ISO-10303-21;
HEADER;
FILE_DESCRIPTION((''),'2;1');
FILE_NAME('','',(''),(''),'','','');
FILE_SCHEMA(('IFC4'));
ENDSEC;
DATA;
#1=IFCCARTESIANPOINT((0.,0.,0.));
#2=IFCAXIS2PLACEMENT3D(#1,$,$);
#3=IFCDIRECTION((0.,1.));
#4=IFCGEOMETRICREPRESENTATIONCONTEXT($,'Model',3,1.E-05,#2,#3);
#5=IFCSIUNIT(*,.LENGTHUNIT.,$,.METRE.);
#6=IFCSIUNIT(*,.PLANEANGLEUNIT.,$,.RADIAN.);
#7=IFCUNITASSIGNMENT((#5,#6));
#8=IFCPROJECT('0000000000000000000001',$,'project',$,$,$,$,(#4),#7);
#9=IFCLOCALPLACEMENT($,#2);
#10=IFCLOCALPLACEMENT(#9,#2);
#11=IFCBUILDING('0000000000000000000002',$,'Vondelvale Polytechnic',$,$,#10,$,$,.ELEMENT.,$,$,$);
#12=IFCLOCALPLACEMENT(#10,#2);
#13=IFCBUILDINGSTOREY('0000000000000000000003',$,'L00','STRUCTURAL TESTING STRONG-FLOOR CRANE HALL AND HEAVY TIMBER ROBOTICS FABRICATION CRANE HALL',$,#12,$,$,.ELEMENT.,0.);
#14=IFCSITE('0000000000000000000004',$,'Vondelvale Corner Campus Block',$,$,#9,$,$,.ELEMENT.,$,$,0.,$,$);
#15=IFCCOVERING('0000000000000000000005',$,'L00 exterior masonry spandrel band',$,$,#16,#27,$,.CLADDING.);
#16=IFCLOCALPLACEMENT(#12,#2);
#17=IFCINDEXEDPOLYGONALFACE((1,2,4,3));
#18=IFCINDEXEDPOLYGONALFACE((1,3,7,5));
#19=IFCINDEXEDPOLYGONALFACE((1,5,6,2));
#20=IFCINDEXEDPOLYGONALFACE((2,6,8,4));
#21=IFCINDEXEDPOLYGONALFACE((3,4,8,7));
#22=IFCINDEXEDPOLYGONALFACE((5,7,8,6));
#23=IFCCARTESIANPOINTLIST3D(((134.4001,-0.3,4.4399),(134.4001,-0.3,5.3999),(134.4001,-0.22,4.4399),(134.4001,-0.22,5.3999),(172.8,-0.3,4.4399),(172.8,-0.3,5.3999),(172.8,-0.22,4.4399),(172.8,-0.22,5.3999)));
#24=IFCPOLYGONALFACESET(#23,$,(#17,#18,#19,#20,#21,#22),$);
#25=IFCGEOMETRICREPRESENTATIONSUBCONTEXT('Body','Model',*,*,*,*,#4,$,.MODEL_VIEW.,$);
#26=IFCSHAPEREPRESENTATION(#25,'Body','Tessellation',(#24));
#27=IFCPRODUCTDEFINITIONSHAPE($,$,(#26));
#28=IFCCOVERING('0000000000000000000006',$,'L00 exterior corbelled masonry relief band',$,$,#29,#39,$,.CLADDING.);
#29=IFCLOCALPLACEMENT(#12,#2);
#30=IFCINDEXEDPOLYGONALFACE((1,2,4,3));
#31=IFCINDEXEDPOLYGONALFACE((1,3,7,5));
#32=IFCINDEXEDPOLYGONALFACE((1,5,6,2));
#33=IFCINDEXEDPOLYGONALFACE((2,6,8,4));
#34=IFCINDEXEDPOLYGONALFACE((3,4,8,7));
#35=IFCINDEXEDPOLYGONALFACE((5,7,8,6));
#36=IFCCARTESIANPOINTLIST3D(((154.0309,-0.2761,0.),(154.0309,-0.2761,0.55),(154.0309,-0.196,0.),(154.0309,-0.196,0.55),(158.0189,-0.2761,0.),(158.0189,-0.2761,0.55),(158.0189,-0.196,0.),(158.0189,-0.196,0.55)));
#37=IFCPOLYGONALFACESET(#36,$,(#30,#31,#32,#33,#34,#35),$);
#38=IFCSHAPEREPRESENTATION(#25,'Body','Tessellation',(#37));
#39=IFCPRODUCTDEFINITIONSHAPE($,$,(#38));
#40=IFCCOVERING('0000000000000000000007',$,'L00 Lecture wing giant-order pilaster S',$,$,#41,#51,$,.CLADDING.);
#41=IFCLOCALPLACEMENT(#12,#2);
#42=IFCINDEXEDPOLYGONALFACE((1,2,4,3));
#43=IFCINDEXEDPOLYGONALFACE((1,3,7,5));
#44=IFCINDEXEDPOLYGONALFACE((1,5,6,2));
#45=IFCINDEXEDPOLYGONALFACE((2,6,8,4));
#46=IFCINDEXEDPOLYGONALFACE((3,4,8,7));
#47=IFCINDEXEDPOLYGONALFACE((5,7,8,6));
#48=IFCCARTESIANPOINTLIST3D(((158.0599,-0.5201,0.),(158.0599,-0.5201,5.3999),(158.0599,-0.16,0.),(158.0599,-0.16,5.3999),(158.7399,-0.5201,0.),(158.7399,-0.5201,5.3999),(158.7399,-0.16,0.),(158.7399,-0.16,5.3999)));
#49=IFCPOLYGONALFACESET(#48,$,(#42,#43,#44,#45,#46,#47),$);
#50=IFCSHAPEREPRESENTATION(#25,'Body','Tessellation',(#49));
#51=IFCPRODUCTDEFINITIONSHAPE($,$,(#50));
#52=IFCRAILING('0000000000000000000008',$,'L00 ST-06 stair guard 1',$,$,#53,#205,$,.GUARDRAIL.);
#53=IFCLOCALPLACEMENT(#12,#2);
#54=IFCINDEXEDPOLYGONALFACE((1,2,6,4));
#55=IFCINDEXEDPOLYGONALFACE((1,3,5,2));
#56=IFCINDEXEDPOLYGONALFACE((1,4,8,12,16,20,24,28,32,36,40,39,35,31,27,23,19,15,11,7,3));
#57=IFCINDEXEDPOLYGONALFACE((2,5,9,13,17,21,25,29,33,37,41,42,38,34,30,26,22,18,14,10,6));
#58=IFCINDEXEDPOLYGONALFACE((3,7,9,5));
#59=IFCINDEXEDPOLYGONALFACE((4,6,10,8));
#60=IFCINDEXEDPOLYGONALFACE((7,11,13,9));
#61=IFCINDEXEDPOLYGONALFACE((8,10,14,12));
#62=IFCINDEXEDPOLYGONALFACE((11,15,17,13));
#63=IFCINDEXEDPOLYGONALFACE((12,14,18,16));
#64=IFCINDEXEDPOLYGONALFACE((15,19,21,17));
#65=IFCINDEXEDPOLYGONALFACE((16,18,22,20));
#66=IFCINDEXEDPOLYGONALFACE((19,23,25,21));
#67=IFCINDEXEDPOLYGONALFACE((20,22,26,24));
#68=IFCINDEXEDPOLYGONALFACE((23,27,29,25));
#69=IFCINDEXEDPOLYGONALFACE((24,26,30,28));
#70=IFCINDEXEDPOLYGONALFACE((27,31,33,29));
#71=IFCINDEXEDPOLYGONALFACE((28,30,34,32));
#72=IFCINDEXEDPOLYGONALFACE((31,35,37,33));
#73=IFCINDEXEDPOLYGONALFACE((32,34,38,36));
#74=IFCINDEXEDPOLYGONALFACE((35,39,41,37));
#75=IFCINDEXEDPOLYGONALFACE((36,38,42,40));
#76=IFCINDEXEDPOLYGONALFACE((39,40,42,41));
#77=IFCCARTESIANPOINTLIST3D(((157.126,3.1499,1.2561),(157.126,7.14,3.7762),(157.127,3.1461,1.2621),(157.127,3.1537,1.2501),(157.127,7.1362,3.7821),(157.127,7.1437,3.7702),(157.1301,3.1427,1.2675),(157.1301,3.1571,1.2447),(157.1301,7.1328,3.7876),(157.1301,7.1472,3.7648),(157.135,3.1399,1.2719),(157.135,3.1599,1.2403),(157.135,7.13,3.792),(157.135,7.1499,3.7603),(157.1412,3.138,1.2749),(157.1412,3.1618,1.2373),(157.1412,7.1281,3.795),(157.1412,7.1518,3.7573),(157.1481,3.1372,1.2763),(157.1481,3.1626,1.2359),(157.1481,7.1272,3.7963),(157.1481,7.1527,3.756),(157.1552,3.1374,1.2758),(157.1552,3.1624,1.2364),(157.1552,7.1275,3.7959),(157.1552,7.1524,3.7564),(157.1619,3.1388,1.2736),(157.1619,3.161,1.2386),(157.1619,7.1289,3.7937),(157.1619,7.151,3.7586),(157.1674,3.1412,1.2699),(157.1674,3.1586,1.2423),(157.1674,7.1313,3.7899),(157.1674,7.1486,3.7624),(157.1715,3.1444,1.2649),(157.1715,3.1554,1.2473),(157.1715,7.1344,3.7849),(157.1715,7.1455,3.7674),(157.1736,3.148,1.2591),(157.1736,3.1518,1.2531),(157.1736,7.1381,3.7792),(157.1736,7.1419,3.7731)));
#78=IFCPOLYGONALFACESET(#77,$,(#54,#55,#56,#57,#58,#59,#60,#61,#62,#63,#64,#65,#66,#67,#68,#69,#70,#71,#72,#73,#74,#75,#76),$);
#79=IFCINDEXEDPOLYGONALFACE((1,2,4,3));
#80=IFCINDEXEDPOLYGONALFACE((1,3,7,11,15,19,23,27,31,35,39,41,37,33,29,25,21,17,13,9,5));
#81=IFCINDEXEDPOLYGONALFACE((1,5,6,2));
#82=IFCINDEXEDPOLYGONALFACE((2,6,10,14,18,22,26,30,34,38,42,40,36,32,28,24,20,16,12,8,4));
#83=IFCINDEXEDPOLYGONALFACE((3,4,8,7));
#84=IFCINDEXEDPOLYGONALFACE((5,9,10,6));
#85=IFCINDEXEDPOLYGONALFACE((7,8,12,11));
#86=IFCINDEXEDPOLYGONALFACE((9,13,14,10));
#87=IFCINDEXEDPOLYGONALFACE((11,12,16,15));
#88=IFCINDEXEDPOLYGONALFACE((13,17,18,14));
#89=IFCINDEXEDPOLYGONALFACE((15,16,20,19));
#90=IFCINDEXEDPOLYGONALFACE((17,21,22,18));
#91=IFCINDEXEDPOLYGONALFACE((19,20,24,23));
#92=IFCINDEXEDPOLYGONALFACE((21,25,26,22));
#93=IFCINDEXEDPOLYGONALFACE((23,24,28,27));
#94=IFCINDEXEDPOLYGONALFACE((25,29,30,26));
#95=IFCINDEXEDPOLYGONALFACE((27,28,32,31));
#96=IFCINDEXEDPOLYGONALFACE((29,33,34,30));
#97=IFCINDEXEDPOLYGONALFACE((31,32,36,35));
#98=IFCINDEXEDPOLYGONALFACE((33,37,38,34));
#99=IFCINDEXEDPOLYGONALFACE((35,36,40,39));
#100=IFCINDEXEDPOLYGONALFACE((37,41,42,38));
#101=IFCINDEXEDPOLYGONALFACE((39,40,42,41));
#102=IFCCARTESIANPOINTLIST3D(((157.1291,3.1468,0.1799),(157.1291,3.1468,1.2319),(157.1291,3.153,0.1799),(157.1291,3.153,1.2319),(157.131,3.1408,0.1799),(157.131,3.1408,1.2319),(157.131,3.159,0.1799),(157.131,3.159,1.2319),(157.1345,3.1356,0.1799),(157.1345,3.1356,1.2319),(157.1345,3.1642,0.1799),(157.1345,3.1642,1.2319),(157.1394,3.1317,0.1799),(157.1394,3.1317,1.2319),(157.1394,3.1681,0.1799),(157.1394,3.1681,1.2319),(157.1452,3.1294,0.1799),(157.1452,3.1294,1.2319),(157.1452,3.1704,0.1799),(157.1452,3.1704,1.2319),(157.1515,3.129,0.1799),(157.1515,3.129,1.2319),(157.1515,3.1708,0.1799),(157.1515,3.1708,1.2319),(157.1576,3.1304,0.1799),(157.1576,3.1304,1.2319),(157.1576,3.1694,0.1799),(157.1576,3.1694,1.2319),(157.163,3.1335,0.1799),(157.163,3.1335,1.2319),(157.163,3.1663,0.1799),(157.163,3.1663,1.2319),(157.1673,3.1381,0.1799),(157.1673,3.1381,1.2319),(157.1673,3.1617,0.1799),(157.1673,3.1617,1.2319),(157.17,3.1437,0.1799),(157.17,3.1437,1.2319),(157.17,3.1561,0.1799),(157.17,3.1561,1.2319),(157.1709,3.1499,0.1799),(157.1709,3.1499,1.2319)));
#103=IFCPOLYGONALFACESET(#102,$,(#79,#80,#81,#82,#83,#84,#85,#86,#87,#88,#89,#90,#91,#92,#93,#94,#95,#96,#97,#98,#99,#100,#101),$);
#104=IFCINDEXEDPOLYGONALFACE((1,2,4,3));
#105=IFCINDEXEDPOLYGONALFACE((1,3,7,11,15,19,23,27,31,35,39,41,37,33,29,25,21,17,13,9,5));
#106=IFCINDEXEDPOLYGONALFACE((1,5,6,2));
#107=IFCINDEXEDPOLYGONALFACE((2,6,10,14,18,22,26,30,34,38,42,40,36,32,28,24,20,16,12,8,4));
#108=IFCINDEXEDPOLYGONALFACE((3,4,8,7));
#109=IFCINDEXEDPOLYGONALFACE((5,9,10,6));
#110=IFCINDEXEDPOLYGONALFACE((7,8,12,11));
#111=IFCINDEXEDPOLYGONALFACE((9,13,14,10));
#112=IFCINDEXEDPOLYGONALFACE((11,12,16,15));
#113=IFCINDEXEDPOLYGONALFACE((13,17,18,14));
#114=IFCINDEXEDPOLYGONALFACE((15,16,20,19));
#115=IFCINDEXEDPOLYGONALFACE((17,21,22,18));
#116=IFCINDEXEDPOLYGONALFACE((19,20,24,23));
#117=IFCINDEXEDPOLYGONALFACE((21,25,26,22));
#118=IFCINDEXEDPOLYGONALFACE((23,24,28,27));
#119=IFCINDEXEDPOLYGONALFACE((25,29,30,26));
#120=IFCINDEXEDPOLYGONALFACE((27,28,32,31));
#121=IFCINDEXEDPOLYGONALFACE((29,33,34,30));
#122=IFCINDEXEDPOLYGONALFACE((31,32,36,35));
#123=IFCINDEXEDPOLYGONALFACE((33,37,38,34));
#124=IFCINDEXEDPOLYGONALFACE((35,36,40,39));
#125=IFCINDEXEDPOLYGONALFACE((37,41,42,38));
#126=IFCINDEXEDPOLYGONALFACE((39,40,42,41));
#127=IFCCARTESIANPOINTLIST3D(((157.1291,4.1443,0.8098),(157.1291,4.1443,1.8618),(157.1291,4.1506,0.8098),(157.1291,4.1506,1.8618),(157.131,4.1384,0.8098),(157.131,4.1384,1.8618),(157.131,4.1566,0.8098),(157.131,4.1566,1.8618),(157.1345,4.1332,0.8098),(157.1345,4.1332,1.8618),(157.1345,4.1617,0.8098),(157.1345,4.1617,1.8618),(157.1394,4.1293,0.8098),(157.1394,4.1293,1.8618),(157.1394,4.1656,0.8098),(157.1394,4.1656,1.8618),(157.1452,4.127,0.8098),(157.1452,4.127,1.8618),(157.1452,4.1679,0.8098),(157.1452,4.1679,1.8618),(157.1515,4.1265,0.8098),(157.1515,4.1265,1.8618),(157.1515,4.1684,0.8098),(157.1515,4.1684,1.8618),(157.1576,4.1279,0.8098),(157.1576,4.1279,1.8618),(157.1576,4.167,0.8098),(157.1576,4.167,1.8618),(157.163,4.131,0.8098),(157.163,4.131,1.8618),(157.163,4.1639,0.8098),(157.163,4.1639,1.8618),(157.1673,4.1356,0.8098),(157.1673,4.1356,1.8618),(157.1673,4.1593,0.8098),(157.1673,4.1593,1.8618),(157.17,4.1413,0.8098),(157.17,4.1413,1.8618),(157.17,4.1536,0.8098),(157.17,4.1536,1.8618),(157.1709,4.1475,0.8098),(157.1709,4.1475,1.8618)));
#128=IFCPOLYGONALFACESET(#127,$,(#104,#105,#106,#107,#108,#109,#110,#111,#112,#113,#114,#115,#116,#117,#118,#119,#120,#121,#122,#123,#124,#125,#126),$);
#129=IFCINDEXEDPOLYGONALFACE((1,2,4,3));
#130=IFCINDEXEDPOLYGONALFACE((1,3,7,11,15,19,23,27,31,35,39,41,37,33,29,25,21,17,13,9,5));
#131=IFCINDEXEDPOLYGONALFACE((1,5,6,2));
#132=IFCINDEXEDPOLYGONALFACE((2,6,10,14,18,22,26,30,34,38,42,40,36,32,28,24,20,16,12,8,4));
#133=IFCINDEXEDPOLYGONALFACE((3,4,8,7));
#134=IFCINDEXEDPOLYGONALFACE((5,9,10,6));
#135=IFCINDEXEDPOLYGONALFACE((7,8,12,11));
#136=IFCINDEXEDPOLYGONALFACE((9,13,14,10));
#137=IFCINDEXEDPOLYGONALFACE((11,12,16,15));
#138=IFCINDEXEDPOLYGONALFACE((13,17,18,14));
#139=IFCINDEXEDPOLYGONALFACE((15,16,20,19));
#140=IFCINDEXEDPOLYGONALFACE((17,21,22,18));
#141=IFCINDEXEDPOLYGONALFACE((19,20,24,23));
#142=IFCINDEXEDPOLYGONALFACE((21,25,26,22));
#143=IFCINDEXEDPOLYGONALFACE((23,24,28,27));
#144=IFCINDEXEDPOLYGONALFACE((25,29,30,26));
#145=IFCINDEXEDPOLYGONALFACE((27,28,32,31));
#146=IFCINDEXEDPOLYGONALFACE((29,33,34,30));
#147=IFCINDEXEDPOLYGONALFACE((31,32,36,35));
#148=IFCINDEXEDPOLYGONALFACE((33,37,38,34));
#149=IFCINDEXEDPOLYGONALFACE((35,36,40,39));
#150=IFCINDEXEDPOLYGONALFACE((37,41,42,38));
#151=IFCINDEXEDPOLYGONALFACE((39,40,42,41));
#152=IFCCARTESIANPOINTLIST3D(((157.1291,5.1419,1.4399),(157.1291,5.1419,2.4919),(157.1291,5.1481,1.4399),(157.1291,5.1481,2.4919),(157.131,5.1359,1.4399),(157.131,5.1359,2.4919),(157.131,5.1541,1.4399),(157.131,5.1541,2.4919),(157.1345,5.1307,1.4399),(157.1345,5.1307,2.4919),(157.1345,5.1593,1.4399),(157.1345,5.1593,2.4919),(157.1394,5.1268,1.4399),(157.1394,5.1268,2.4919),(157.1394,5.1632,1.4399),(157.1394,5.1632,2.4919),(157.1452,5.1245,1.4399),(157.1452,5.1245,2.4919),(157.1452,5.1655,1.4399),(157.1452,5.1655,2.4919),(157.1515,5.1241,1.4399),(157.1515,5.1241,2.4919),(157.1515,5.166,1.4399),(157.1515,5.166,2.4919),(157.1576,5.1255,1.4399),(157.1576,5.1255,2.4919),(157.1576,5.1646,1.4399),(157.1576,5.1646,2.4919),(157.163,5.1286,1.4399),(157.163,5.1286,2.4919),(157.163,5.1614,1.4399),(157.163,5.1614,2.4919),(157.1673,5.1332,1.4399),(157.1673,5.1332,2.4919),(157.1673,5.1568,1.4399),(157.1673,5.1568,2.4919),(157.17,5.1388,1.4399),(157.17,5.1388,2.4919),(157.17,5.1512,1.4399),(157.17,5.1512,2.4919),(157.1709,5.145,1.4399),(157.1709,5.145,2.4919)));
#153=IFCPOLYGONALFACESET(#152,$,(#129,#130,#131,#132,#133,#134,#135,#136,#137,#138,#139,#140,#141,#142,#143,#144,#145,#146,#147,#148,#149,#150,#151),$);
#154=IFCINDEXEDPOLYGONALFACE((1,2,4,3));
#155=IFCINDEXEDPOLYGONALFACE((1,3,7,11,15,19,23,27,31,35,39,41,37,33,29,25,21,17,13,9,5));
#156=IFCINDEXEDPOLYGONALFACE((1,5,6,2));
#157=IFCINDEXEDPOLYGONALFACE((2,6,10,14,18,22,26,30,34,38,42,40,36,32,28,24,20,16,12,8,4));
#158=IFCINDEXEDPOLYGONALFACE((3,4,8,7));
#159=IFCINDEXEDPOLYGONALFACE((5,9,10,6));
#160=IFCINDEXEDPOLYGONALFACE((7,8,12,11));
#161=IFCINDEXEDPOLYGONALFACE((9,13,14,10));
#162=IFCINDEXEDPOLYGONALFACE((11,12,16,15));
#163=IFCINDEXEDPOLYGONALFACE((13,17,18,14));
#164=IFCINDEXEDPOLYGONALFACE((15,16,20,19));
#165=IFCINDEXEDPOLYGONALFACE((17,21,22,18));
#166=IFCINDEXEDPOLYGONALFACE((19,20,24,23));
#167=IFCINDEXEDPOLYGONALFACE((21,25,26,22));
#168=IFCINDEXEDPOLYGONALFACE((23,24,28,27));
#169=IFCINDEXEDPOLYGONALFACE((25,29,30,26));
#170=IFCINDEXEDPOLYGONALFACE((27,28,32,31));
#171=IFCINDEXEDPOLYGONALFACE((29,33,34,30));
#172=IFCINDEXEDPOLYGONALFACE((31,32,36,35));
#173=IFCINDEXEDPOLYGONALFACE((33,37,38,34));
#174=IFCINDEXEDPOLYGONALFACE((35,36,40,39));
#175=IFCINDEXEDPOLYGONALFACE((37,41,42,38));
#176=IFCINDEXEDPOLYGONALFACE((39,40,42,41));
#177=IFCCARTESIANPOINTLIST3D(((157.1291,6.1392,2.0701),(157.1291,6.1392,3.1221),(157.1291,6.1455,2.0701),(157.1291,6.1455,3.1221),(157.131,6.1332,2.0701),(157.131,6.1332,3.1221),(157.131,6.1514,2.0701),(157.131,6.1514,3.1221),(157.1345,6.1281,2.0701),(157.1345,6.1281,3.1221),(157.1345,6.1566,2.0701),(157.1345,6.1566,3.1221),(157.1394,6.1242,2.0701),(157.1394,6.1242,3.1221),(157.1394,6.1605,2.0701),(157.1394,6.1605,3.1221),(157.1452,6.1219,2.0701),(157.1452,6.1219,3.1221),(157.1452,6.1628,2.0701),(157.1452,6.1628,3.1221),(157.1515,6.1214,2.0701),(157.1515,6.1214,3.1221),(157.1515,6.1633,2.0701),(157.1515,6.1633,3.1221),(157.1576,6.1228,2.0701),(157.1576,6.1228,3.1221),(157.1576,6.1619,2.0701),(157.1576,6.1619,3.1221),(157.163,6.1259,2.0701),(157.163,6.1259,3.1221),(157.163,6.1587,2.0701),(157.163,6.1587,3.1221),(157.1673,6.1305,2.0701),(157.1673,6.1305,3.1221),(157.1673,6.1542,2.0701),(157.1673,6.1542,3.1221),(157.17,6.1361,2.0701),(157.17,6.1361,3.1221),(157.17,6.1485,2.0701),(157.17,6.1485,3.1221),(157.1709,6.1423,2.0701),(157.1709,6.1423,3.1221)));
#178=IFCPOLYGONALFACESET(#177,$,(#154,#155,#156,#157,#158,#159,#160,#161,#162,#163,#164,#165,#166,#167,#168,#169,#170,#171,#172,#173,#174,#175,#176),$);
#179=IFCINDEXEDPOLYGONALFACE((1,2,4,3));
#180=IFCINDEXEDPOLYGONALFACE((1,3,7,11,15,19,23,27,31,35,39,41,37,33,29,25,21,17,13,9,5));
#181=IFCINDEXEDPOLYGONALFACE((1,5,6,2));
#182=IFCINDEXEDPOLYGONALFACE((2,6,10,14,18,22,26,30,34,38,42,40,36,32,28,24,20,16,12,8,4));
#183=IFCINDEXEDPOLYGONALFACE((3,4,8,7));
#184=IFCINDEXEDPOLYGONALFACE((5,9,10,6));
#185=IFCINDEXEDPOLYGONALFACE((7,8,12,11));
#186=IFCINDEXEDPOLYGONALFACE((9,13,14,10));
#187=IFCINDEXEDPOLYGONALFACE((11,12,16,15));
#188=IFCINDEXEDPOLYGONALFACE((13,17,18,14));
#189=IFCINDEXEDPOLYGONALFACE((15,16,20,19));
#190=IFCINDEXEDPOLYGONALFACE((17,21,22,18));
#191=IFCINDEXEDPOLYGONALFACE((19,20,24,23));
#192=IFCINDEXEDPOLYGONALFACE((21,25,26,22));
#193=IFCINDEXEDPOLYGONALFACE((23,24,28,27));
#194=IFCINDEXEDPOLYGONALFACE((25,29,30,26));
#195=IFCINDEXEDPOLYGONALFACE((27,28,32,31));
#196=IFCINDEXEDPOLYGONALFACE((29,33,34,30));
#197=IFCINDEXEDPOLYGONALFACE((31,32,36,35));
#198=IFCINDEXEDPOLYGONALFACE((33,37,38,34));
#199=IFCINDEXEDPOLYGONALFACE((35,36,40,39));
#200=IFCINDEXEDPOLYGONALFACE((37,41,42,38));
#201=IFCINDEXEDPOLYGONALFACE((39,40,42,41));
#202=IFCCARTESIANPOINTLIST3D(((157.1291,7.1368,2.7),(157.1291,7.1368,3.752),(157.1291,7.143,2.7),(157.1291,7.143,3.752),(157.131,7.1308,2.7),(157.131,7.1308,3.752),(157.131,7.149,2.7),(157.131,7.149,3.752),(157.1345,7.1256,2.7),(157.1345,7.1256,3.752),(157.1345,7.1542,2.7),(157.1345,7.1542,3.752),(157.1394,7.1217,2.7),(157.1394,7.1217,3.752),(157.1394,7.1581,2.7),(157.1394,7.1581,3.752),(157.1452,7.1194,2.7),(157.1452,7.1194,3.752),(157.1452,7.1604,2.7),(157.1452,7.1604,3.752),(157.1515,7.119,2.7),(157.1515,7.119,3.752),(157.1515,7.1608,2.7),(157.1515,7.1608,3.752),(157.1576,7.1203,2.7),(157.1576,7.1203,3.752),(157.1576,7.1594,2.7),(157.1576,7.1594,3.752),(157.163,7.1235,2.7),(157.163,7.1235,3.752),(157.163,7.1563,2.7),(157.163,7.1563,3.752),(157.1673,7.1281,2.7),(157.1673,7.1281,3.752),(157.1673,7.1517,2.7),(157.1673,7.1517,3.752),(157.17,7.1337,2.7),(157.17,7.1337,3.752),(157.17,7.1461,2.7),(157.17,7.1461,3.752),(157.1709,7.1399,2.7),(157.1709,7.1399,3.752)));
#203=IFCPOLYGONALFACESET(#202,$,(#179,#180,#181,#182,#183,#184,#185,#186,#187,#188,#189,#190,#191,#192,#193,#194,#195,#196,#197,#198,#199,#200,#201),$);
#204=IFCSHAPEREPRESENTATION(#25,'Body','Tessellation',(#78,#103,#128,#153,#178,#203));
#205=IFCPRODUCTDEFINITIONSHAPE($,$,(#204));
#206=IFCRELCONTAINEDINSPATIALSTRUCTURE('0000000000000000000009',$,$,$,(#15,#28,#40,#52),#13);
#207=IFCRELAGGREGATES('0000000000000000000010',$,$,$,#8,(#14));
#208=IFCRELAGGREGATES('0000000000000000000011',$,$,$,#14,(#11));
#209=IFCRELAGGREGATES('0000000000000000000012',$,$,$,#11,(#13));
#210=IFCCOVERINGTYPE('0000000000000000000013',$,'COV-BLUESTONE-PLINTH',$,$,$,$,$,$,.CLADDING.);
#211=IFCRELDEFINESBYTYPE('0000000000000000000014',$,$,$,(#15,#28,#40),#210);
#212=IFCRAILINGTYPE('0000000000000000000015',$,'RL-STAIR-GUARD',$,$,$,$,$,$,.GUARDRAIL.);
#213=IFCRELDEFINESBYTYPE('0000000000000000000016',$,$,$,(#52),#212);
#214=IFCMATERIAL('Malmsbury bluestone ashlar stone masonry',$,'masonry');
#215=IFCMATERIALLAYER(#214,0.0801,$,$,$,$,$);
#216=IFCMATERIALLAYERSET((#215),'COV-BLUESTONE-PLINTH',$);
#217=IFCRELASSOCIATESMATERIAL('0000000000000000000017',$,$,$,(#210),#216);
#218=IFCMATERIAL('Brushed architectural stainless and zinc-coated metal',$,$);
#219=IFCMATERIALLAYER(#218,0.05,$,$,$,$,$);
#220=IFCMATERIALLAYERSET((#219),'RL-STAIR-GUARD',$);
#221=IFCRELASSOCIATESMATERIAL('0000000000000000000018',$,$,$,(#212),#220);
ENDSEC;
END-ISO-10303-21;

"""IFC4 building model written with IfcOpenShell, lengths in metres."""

from ifc_helpers import new_model, si_unit, direction, frame, origin, origin_2d, place, context, subcontext, project, spatial, rectangle, circle, extrude, material, layer, layer_set, type_object, element, save


model = new_model("IFC4")

# Units and contexts
model_context = context("Model", 3, precision=1e-05, world=origin(), true_north=direction((0.0, 1.0)))
body_context = subcontext(model_context, "Body", "Model", "MODEL_VIEW")
ifc_project = project(units=[si_unit("LENGTHUNIT", "METRE"), si_unit("PLANEANGLEUNIT", "RADIAN")], contexts=[model_context])

# Site, building, storey
site_placement = place(None, origin())
site = spatial("IfcSite", under=ifc_project, at=site_placement, Name="Vondelvale Corner Campus Block", CompositionType="ELEMENT", RefElevation=0.0)
building_placement = place(site_placement, origin())
building = spatial("IfcBuilding", under=site, at=building_placement, Name="Vondelvale Polytechnic", CompositionType="ELEMENT")
storey_placement = place(building_placement, origin())
storey = spatial("IfcBuildingStorey", under=building, at=storey_placement, Name="L00", Description="STRUCTURAL TESTING STRONG-FLOOR CRANE HALL AND HEAVY TIMBER ROBOTICS FABRICATION CRANE HALL", CompositionType="ELEMENT", Elevation=0.0)

# Shared definitions
ifc_material_1 = material(Name="Malmsbury bluestone ashlar stone masonry", Category="masonry")

# Coverings
ifc_layer_1 = layer(ifc_material_1, 0.0801)
ifc_layer_set_1 = layer_set([ifc_layer_1], Name="COV-BLUESTONE-PLINTH")
covering_type = type_object("IfcCoveringType", Name="COV-BLUESTONE-PLINTH", PredefinedType="CLADDING", material=ifc_layer_set_1)
covering_1_placement = place(storey_placement, frame((153.6001, -0.26, 4.4399), z_axis=(0.0, 0.0, 1.0), x_axis=(1.0, 0.0, 0.0)))
element("IfcCovering", 1, at=covering_1_placement, inside=storey, type_object=covering_type, Name="L00 exterior masonry spandrel band", PredefinedType="CLADDING", context=body_context, shape_type="SweptSolid", body=[
    extrude(rectangle(XDim=38.3999, YDim=0.0801, at=origin_2d()), origin(), (0.0, 0.0, 1.0), 0.96),
])
covering_2_placement = place(storey_placement, frame((156.0249, -0.2361, 0.0), z_axis=(0.0, 0.0, 1.0), x_axis=(-1.0, 0.0, 0.0)))
element("IfcCovering", 2, at=covering_2_placement, inside=storey, type_object=covering_type, Name="L00 exterior corbelled masonry relief band", PredefinedType="CLADDING", context=body_context, shape_type="SweptSolid", body=[
    extrude(rectangle(XDim=3.988, YDim=0.0801, at=origin_2d()), origin(), (0.0, 0.0, 1.0), 0.55),
])
covering_3_placement = place(storey_placement, frame((158.3999, -0.3401, 0.0), z_axis=(0.0, 0.0, 1.0), x_axis=(1.0, 0.0, 0.0)))
element("IfcCovering", 3, at=covering_3_placement, inside=storey, type_object=covering_type, Name="L00 Lecture wing giant-order pilaster S", PredefinedType="CLADDING", context=body_context, shape_type="SweptSolid", body=[
    extrude(rectangle(XDim=0.6799, YDim=0.3601, at=origin_2d()), origin(), (0.0, 0.0, 1.0), 5.3999),
])

# Railing
ifc_material_2 = material(Name="Brushed architectural stainless and zinc-coated metal")
ifc_layer_2 = layer(ifc_material_2, 0.05)
ifc_layer_set_2 = layer_set([ifc_layer_2], Name="RL-STAIR-GUARD")
railing_type_1 = type_object("IfcRailingType", Name="RL-STAIR-GUARD", PredefinedType="GUARDRAIL", material=ifc_layer_set_2)
railing_1_placement = place(storey_placement, frame((157.1499, 3.1499, 0.1799)))
element("IfcRailing", 4, at=railing_1_placement, inside=storey, type_object=railing_type_1, Name="L00 ST-06 stair guard 1", PredefinedType="GUARDRAIL", context=body_context, shape_type="SweptSolid", body=[
    extrude(circle(Radius=0.0239, at=origin_2d()), frame((0.0, 0.0, 1.0762), z_axis=(0.0, 0.845486, 0.533997), x_axis=(-1.0, 0.0, 0.0)), (0.0, 0.0, 1.0), 4.7192),
    extrude(circle(Radius=0.021, at=origin_2d()), origin(), (0.0, 0.0, 1.0), 1.052),
    extrude(circle(Radius=0.021, at=origin_2d()), frame((0.0, 0.9976, 0.6299)), (0.0, 0.0, 1.0), 1.052),
    extrude(circle(Radius=0.021, at=origin_2d()), frame((0.0, 1.9951, 1.26)), (0.0, 0.0, 1.0), 1.052),
    extrude(circle(Radius=0.021, at=origin_2d()), frame((0.0, 2.9924, 1.8901)), (0.0, 0.0, 1.0), 1.052),
    extrude(circle(Radius=0.021, at=origin_2d()), frame((0.0, 3.99, 2.52)), (0.0, 0.0, 1.0), 1.052),
])

save(model, "model.ifc")
